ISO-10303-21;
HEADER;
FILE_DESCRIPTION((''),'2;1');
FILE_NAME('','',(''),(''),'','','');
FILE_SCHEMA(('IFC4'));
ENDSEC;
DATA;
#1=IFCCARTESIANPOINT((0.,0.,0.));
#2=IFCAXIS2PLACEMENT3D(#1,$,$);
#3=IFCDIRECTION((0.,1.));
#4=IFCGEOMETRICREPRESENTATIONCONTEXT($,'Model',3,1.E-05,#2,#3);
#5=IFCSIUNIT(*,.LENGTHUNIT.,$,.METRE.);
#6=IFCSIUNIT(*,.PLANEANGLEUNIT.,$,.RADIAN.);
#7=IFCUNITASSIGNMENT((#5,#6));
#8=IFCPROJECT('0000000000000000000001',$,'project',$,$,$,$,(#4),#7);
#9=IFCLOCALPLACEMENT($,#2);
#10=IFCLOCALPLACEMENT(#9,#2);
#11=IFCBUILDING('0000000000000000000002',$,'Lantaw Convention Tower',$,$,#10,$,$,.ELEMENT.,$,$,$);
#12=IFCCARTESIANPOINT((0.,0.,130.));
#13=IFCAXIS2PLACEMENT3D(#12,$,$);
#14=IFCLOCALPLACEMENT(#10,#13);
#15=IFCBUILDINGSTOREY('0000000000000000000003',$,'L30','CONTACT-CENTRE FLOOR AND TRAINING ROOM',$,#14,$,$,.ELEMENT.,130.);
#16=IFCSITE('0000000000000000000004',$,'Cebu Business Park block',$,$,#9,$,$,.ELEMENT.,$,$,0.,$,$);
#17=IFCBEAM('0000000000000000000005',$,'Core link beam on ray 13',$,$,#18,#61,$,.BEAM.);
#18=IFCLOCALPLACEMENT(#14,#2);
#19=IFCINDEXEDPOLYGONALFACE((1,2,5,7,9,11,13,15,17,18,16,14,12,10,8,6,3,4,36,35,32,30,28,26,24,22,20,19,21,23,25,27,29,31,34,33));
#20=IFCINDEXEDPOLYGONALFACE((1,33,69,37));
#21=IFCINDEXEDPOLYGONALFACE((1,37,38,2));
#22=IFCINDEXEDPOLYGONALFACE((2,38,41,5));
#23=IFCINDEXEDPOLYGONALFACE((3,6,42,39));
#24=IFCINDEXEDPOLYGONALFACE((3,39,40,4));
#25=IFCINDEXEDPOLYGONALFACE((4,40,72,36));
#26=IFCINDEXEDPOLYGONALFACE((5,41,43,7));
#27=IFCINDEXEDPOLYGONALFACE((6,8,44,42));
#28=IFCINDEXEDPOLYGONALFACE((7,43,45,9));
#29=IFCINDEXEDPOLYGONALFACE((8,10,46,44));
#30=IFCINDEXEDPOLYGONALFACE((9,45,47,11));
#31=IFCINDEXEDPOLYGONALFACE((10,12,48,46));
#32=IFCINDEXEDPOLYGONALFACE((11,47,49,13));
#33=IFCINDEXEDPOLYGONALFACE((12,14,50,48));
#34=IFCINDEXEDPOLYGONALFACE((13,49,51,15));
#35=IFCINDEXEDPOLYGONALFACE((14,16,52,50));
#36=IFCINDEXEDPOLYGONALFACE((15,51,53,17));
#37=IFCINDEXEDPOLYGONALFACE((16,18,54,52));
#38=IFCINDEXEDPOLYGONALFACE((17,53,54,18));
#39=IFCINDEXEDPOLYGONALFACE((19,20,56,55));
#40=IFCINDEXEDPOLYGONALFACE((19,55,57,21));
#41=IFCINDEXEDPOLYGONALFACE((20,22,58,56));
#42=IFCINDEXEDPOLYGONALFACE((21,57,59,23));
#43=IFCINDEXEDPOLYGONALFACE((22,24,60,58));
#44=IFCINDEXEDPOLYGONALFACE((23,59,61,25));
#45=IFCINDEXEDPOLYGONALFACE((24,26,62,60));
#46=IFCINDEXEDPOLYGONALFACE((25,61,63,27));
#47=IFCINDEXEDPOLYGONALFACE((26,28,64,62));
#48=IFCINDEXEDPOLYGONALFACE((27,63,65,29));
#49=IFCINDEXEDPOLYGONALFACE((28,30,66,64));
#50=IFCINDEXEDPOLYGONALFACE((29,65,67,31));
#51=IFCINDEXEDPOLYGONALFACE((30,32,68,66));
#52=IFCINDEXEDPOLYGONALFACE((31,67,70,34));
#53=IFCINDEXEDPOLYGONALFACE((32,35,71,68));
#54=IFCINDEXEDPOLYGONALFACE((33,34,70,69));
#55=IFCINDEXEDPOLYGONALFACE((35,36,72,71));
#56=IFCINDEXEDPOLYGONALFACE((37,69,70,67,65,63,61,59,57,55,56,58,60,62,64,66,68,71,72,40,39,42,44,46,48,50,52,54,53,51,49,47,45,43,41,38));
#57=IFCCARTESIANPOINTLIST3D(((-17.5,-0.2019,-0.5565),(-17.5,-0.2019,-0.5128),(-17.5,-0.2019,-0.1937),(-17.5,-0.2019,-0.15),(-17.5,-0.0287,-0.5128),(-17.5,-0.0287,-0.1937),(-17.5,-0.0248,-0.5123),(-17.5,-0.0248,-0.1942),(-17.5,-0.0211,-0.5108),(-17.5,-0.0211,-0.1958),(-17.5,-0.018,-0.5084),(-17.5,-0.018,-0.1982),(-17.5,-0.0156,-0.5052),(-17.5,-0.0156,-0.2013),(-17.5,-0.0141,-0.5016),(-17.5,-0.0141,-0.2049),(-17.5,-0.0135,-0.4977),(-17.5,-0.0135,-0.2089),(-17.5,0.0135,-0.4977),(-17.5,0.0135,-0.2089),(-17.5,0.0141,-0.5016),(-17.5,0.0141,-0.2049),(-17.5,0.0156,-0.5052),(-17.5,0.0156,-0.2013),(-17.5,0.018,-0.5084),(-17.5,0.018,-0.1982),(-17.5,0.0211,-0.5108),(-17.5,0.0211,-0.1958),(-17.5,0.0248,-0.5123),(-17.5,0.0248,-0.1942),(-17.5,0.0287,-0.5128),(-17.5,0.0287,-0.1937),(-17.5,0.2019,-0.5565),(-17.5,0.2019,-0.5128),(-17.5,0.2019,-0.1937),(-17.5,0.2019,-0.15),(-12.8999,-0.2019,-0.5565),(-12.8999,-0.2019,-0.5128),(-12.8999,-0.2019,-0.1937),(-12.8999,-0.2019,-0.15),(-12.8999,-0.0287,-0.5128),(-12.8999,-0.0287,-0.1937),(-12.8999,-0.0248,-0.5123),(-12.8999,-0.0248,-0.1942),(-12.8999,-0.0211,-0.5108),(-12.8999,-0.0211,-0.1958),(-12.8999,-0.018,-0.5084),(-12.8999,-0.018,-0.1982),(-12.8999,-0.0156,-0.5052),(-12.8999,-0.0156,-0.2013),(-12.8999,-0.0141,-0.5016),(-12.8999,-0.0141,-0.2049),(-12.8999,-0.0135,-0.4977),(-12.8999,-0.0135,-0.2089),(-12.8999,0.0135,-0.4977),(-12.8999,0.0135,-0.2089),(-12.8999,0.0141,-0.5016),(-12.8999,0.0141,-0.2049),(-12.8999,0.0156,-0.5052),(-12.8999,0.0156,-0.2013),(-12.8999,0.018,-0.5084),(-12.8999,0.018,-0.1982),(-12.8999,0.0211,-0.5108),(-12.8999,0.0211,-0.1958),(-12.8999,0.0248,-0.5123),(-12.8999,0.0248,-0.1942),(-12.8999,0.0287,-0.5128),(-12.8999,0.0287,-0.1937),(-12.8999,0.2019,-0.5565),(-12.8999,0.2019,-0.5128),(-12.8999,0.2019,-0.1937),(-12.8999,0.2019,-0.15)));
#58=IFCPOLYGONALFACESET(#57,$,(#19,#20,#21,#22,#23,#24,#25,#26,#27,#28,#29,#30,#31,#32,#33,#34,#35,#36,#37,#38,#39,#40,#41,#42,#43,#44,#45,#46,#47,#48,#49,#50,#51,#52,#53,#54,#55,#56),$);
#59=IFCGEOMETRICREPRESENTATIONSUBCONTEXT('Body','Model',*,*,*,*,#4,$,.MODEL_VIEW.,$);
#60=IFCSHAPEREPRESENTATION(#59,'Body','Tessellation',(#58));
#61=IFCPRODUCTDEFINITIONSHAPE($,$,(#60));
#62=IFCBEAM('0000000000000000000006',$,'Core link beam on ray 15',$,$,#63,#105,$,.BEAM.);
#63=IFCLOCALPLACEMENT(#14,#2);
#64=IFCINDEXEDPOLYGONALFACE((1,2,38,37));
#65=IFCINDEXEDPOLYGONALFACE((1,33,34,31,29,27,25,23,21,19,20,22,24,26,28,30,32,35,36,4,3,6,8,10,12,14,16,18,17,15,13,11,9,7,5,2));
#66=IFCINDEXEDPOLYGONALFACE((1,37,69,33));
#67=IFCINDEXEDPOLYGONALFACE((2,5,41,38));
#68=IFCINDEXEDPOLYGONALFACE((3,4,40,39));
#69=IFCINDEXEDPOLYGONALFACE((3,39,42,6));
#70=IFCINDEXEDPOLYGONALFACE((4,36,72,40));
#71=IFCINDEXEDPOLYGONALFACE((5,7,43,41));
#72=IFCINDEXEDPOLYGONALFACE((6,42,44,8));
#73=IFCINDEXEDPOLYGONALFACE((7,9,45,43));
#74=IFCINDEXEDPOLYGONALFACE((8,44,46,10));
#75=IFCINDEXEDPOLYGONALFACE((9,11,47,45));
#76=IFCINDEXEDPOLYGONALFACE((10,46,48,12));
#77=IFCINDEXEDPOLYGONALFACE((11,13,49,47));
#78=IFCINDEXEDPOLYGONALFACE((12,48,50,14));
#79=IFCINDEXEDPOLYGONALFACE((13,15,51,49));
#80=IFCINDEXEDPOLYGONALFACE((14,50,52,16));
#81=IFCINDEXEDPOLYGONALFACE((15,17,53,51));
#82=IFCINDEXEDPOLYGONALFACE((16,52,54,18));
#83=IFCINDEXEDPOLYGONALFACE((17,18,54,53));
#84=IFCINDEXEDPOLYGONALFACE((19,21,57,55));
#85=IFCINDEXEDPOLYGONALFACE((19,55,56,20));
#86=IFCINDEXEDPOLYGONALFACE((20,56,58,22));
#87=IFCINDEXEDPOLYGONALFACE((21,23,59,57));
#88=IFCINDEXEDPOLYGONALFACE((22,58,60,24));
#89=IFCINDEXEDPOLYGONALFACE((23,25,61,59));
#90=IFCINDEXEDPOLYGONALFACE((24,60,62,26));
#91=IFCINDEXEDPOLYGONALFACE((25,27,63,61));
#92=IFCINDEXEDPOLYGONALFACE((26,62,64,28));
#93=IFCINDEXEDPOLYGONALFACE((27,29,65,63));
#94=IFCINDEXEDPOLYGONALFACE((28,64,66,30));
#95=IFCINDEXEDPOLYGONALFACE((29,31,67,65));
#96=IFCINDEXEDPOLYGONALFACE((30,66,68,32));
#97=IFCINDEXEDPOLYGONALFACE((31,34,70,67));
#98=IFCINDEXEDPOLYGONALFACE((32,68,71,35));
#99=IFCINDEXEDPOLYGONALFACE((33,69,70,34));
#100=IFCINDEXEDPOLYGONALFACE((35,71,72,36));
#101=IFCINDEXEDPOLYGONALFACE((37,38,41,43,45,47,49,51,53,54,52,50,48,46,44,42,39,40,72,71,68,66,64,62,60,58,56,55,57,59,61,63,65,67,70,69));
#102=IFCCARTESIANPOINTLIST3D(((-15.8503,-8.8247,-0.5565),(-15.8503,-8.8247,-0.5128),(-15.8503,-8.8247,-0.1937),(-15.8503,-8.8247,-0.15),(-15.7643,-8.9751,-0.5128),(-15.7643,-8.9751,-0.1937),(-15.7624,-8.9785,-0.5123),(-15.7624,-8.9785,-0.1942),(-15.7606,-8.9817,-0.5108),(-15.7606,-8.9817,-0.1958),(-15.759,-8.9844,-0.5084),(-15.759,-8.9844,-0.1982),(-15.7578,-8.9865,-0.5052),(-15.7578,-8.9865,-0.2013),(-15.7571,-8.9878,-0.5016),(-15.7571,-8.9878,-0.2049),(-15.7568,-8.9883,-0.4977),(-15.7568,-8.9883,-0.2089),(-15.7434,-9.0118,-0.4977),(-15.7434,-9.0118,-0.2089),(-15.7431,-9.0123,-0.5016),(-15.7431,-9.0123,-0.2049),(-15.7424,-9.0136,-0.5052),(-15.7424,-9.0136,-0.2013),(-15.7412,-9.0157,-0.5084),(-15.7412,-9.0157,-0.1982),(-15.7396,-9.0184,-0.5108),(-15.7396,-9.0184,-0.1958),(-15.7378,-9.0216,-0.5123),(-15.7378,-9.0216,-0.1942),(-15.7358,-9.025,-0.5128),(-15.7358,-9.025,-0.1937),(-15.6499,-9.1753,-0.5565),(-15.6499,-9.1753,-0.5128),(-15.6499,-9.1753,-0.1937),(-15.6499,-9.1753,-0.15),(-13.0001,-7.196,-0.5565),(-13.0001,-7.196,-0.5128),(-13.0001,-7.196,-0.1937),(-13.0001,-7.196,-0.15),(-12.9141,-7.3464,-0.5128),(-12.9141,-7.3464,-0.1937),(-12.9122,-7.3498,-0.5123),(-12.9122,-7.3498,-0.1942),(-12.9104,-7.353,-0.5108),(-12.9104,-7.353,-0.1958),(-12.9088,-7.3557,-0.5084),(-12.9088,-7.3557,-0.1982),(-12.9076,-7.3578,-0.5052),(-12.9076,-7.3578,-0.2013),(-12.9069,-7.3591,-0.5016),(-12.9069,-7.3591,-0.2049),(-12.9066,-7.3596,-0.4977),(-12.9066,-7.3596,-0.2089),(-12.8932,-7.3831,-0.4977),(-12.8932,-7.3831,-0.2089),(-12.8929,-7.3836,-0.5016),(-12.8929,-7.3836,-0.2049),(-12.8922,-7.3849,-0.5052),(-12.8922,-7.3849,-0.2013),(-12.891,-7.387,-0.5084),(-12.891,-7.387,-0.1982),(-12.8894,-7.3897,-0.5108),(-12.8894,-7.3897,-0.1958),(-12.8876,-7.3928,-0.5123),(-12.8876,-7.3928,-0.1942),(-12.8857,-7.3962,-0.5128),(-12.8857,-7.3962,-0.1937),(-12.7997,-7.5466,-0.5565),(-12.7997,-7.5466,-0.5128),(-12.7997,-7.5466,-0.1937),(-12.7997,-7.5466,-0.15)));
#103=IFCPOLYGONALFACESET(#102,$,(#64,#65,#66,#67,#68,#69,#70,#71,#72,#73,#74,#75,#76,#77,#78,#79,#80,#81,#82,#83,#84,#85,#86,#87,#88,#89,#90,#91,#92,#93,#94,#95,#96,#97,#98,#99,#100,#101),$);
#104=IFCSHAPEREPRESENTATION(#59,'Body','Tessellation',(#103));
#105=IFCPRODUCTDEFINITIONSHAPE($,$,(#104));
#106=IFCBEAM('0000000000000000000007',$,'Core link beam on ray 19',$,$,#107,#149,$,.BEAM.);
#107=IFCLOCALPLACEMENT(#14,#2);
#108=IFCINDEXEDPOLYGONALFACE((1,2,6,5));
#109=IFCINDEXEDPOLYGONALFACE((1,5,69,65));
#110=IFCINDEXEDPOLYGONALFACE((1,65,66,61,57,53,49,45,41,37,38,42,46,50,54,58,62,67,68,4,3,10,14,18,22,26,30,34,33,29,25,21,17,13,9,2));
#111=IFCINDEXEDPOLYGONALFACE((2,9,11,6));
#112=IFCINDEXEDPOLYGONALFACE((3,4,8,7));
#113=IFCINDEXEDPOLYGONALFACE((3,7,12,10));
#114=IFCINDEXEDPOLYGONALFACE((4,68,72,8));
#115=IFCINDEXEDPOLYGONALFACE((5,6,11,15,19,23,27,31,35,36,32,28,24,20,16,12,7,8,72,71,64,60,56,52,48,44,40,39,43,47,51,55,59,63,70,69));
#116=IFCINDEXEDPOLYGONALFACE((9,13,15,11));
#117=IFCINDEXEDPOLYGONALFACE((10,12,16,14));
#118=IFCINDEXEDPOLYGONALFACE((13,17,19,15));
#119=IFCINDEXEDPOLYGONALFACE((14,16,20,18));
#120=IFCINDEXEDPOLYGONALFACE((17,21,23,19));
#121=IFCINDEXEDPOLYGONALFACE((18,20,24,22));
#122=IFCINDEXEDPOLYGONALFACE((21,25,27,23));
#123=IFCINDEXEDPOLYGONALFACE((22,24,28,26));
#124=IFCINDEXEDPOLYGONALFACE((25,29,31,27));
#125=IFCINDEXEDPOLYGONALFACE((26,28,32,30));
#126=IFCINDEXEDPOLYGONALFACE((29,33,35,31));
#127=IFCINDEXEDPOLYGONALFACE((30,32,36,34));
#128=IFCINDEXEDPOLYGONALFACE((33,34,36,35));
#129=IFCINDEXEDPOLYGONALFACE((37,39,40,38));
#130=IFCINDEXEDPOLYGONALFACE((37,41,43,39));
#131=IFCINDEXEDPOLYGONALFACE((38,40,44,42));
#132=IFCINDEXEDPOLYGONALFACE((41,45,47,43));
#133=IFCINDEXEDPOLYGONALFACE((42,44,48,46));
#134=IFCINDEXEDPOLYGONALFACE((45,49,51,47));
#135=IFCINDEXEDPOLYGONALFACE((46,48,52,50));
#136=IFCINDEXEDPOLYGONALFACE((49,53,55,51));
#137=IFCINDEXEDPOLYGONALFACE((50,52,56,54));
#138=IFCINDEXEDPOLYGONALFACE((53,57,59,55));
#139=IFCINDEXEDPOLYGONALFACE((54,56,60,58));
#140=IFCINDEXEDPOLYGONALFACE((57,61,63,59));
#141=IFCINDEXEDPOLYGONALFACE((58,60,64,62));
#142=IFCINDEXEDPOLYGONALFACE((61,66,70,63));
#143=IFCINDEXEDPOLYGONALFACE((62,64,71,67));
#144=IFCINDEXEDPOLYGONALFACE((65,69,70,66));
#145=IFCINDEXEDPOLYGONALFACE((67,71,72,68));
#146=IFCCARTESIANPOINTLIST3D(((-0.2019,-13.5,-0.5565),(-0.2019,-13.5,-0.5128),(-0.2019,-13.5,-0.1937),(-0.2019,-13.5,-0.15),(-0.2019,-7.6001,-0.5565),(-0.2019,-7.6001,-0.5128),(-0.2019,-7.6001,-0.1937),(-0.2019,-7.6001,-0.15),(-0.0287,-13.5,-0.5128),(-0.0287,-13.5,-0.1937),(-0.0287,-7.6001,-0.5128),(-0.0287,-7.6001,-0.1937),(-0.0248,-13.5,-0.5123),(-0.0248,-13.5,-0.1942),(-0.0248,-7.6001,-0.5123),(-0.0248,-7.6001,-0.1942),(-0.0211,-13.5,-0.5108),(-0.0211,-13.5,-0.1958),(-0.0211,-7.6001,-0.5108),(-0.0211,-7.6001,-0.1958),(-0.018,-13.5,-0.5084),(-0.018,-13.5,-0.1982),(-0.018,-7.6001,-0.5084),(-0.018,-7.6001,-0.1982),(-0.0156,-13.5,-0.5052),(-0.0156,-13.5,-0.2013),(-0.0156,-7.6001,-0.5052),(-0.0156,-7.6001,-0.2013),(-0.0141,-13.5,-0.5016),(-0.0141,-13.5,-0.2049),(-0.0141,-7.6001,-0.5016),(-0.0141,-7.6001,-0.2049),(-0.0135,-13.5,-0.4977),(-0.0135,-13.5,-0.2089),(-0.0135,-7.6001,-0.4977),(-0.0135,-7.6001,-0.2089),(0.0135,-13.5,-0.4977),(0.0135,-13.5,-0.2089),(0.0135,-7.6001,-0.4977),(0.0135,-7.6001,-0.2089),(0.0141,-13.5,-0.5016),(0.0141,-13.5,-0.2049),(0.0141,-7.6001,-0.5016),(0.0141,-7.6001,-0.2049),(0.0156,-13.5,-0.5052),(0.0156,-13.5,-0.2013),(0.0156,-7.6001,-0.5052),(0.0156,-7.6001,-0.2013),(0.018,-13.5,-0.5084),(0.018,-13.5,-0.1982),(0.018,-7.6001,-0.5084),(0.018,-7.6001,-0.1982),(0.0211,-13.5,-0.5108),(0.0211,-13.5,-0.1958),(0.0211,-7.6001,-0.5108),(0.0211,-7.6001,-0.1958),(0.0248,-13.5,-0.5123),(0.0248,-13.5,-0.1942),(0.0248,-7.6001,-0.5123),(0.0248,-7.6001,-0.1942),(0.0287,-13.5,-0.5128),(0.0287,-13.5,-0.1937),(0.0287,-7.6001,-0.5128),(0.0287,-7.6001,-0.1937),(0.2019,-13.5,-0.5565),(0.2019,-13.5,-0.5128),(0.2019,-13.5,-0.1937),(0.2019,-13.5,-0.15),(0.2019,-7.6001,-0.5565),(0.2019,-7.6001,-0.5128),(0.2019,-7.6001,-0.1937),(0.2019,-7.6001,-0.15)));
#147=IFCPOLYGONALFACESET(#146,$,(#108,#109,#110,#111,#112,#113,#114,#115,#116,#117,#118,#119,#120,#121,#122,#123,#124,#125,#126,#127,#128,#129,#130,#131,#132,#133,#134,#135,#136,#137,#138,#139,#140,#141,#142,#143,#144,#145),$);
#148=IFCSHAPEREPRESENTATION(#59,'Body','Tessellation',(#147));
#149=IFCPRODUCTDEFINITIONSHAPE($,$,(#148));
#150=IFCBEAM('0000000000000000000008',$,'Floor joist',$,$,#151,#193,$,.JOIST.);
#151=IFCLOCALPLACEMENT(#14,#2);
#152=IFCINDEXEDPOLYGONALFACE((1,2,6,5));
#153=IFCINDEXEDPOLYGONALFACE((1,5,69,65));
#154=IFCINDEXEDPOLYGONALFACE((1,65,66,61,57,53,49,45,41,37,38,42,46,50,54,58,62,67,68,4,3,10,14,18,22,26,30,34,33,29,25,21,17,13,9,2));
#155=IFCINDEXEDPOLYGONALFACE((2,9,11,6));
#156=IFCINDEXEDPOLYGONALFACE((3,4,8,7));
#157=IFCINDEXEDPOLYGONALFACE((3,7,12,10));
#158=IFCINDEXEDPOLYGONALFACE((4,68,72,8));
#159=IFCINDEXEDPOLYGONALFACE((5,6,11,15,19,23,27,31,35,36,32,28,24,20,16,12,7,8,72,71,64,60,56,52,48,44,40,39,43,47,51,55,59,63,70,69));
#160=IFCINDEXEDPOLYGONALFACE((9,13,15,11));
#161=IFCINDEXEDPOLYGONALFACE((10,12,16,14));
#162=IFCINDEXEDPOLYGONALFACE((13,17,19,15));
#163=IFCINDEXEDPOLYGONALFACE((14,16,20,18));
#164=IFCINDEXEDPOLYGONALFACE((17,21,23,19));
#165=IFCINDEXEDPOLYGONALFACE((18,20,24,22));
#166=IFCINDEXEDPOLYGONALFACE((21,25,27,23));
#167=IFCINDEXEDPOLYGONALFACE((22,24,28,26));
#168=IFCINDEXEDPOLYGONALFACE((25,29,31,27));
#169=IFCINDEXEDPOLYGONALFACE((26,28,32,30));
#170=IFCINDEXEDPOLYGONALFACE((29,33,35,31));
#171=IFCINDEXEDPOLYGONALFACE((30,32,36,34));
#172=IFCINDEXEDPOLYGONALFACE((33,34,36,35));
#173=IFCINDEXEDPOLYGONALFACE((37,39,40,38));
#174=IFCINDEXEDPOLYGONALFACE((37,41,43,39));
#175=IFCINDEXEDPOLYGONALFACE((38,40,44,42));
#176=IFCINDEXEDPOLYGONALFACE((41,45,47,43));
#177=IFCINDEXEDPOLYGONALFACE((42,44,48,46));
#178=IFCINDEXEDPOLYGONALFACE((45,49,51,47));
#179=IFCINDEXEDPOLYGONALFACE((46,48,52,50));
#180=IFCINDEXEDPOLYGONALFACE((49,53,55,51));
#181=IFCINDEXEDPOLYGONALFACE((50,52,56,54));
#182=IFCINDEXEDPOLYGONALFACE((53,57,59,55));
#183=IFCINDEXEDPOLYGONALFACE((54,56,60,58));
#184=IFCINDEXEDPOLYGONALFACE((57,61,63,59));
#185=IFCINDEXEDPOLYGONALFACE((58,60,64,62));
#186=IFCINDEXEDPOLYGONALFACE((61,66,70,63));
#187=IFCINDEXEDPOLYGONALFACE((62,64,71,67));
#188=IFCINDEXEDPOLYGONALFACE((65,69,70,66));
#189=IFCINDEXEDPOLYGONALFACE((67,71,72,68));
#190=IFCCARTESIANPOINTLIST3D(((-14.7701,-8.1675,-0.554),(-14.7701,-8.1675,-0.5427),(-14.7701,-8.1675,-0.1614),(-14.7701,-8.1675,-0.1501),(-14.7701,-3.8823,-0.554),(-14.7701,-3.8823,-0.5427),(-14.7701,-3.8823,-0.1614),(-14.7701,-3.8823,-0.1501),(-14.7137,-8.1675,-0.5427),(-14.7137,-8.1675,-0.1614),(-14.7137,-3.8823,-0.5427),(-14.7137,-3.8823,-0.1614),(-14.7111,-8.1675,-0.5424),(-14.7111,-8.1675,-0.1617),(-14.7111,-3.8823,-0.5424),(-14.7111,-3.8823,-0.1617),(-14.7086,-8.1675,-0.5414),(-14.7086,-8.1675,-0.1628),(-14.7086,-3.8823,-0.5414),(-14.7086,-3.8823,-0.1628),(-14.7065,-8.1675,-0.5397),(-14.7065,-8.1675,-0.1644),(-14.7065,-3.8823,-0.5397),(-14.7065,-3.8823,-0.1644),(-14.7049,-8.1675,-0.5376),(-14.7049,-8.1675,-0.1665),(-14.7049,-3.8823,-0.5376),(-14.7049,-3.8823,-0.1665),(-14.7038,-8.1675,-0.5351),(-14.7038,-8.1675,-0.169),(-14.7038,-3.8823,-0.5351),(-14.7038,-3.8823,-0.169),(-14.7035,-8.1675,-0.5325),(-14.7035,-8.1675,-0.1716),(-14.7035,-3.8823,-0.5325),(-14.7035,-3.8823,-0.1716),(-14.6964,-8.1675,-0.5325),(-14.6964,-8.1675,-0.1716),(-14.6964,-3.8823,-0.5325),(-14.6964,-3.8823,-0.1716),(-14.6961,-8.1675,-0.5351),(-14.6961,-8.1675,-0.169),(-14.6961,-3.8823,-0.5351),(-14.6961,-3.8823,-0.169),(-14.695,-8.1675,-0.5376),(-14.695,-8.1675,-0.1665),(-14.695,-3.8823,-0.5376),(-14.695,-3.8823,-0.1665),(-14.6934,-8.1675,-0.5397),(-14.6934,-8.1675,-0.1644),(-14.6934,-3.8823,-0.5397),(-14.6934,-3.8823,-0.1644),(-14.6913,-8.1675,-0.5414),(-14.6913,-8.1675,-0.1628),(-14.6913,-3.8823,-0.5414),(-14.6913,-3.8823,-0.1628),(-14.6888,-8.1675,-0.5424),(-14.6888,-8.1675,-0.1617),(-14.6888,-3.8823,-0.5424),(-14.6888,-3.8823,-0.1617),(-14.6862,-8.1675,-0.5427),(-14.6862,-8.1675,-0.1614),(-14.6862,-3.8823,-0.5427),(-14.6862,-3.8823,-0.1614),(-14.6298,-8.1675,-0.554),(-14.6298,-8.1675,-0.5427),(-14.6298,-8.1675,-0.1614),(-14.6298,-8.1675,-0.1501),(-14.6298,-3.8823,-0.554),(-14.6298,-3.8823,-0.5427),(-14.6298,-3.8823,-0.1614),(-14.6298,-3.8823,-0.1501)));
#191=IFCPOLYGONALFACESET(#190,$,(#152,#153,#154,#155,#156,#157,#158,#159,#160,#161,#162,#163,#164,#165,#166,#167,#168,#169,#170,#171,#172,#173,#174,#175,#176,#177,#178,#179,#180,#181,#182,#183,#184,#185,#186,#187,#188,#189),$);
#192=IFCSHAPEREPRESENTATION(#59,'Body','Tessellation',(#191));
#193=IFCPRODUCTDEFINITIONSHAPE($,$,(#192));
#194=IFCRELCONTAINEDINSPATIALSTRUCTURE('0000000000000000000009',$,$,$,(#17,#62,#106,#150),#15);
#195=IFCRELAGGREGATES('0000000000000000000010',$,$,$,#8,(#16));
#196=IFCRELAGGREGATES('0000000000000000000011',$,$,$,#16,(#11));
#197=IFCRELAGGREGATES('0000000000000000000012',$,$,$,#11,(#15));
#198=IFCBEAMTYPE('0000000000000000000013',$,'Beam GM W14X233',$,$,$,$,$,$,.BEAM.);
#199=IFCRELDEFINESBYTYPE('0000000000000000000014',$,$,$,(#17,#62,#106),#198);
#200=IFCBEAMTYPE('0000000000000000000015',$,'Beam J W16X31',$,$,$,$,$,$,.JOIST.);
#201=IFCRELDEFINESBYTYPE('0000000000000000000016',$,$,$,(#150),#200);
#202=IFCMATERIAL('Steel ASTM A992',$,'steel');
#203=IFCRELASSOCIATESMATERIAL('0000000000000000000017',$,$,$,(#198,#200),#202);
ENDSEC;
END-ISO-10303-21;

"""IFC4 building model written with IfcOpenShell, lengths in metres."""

from ifc_helpers import new_model, si_unit, direction, frame, origin, origin_2d, place, context, subcontext, project, spatial, i_section, extrude, material, material_profile, profile_set, type_object, element, save


model = new_model("IFC4")

# Units and contexts
model_context = context("Model", 3, precision=1e-05, world=origin(), true_north=direction((0.0, 1.0)))
body_context = subcontext(model_context, "Body", "Model", "MODEL_VIEW")
ifc_project = project(units=[si_unit("LENGTHUNIT", "METRE"), si_unit("PLANEANGLEUNIT", "RADIAN")], contexts=[model_context])

# Site, building, storey
site_placement = place(None, origin())
site = spatial("IfcSite", under=ifc_project, at=site_placement, Name="Cebu Business Park block", CompositionType="ELEMENT", RefElevation=0.0)
building_placement = place(site_placement, origin())
building = spatial("IfcBuilding", under=site, at=building_placement, Name="Lantaw Convention Tower", CompositionType="ELEMENT")
storey_placement = place(building_placement, frame((0.0, 0.0, 130.0)))
storey = spatial("IfcBuildingStorey", under=building, at=storey_placement, Name="L30", Description="CONTACT-CENTRE FLOOR AND TRAINING ROOM", CompositionType="ELEMENT", Elevation=130.0)

# Beams
ifc_material_1 = material(Name="Steel ASTM A992", Category="steel")
ifc_material_profile_1 = material_profile(ifc_material_1, i_section(OverallWidth=0.4038, OverallDepth=0.4065, WebThickness=0.0271, FlangeThickness=0.0437, FilletRadius=0.0151, at=origin_2d()), Name="W14X233")
ifc_profile_set_1 = profile_set([ifc_material_profile_1], Name="Steel ASTM A992")
beam_type_1 = type_object("IfcBeamType", Name="Beam GM W14X233", PredefinedType="BEAM", material=ifc_profile_set_1)
beam_1_placement = place(storey_placement, frame((-12.8999, 0.0, -0.3533), z_axis=(-1.0, 0.0, 0.0), x_axis=(0.0, -1.0, 0.0)))
element("IfcBeam", 1, at=beam_1_placement, inside=storey, type_object=beam_type_1, Name="Core link beam on ray 13", PredefinedType="BEAM", context=body_context, shape_type="SweptSolid", body=[
    extrude(i_section(OverallWidth=0.4038, OverallDepth=0.4065, WebThickness=0.0271, FlangeThickness=0.0437, FilletRadius=0.0151, at=origin_2d()), origin(), (0.0, 0.0, 1.0), 4.6001),
])
beam_2_placement = place(storey_placement, frame((-12.8999, -7.3713, -0.3533), z_axis=(-0.868239, -0.496147, 0.0), x_axis=(0.496147, -0.868239, 0.0)))
element("IfcBeam", 2, at=beam_2_placement, inside=storey, type_object=beam_type_1, Name="Core link beam on ray 15", PredefinedType="BEAM", context=body_context, shape_type="SweptSolid", body=[
    extrude(i_section(OverallWidth=0.4038, OverallDepth=0.4065, WebThickness=0.0271, FlangeThickness=0.0437, FilletRadius=0.0151, at=origin_2d()), origin(), (0.0, 0.0, 1.0), 3.2827),
])
beam_3_placement = place(storey_placement, frame((0.0, -7.6001, -0.3533), z_axis=(0.0, -1.0, 0.0), x_axis=(1.0, 0.0, 0.0)))
element("IfcBeam", 3, at=beam_3_placement, inside=storey, type_object=beam_type_1, Name="Core link beam on ray 19", PredefinedType="BEAM", context=body_context, shape_type="SweptSolid", body=[
    extrude(i_section(OverallWidth=0.4038, OverallDepth=0.4065, WebThickness=0.0271, FlangeThickness=0.0437, FilletRadius=0.0151, at=origin_2d()), origin(), (0.0, 0.0, 1.0), 5.8999),
])
ifc_material_profile_2 = material_profile(ifc_material_1, i_section(OverallWidth=0.1404, OverallDepth=0.4038, WebThickness=0.0071, FlangeThickness=0.0112, FilletRadius=0.0103, at=origin_2d()), Name="W16X31")
ifc_profile_set_2 = profile_set([ifc_material_profile_2], Name="Steel ASTM A992")
beam_type_2 = type_object("IfcBeamType", Name="Beam J W16X31", PredefinedType="JOIST", material=ifc_profile_set_2)
beam_4_placement = place(storey_placement, frame((-14.7, -8.1675, -0.3521), z_axis=(0.0, 1.0, 0.0), x_axis=(-1.0, 0.0, 0.0)))
element("IfcBeam", 4, at=beam_4_placement, inside=storey, type_object=beam_type_2, Name="Floor joist", PredefinedType="JOIST", context=body_context, shape_type="SweptSolid", body=[
    extrude(i_section(OverallWidth=0.1404, OverallDepth=0.4038, WebThickness=0.0071, FlangeThickness=0.0112, FilletRadius=0.0103, at=origin_2d()), origin(), (0.0, 0.0, 1.0), 4.2852),
])

save(model, "model.ifc")
